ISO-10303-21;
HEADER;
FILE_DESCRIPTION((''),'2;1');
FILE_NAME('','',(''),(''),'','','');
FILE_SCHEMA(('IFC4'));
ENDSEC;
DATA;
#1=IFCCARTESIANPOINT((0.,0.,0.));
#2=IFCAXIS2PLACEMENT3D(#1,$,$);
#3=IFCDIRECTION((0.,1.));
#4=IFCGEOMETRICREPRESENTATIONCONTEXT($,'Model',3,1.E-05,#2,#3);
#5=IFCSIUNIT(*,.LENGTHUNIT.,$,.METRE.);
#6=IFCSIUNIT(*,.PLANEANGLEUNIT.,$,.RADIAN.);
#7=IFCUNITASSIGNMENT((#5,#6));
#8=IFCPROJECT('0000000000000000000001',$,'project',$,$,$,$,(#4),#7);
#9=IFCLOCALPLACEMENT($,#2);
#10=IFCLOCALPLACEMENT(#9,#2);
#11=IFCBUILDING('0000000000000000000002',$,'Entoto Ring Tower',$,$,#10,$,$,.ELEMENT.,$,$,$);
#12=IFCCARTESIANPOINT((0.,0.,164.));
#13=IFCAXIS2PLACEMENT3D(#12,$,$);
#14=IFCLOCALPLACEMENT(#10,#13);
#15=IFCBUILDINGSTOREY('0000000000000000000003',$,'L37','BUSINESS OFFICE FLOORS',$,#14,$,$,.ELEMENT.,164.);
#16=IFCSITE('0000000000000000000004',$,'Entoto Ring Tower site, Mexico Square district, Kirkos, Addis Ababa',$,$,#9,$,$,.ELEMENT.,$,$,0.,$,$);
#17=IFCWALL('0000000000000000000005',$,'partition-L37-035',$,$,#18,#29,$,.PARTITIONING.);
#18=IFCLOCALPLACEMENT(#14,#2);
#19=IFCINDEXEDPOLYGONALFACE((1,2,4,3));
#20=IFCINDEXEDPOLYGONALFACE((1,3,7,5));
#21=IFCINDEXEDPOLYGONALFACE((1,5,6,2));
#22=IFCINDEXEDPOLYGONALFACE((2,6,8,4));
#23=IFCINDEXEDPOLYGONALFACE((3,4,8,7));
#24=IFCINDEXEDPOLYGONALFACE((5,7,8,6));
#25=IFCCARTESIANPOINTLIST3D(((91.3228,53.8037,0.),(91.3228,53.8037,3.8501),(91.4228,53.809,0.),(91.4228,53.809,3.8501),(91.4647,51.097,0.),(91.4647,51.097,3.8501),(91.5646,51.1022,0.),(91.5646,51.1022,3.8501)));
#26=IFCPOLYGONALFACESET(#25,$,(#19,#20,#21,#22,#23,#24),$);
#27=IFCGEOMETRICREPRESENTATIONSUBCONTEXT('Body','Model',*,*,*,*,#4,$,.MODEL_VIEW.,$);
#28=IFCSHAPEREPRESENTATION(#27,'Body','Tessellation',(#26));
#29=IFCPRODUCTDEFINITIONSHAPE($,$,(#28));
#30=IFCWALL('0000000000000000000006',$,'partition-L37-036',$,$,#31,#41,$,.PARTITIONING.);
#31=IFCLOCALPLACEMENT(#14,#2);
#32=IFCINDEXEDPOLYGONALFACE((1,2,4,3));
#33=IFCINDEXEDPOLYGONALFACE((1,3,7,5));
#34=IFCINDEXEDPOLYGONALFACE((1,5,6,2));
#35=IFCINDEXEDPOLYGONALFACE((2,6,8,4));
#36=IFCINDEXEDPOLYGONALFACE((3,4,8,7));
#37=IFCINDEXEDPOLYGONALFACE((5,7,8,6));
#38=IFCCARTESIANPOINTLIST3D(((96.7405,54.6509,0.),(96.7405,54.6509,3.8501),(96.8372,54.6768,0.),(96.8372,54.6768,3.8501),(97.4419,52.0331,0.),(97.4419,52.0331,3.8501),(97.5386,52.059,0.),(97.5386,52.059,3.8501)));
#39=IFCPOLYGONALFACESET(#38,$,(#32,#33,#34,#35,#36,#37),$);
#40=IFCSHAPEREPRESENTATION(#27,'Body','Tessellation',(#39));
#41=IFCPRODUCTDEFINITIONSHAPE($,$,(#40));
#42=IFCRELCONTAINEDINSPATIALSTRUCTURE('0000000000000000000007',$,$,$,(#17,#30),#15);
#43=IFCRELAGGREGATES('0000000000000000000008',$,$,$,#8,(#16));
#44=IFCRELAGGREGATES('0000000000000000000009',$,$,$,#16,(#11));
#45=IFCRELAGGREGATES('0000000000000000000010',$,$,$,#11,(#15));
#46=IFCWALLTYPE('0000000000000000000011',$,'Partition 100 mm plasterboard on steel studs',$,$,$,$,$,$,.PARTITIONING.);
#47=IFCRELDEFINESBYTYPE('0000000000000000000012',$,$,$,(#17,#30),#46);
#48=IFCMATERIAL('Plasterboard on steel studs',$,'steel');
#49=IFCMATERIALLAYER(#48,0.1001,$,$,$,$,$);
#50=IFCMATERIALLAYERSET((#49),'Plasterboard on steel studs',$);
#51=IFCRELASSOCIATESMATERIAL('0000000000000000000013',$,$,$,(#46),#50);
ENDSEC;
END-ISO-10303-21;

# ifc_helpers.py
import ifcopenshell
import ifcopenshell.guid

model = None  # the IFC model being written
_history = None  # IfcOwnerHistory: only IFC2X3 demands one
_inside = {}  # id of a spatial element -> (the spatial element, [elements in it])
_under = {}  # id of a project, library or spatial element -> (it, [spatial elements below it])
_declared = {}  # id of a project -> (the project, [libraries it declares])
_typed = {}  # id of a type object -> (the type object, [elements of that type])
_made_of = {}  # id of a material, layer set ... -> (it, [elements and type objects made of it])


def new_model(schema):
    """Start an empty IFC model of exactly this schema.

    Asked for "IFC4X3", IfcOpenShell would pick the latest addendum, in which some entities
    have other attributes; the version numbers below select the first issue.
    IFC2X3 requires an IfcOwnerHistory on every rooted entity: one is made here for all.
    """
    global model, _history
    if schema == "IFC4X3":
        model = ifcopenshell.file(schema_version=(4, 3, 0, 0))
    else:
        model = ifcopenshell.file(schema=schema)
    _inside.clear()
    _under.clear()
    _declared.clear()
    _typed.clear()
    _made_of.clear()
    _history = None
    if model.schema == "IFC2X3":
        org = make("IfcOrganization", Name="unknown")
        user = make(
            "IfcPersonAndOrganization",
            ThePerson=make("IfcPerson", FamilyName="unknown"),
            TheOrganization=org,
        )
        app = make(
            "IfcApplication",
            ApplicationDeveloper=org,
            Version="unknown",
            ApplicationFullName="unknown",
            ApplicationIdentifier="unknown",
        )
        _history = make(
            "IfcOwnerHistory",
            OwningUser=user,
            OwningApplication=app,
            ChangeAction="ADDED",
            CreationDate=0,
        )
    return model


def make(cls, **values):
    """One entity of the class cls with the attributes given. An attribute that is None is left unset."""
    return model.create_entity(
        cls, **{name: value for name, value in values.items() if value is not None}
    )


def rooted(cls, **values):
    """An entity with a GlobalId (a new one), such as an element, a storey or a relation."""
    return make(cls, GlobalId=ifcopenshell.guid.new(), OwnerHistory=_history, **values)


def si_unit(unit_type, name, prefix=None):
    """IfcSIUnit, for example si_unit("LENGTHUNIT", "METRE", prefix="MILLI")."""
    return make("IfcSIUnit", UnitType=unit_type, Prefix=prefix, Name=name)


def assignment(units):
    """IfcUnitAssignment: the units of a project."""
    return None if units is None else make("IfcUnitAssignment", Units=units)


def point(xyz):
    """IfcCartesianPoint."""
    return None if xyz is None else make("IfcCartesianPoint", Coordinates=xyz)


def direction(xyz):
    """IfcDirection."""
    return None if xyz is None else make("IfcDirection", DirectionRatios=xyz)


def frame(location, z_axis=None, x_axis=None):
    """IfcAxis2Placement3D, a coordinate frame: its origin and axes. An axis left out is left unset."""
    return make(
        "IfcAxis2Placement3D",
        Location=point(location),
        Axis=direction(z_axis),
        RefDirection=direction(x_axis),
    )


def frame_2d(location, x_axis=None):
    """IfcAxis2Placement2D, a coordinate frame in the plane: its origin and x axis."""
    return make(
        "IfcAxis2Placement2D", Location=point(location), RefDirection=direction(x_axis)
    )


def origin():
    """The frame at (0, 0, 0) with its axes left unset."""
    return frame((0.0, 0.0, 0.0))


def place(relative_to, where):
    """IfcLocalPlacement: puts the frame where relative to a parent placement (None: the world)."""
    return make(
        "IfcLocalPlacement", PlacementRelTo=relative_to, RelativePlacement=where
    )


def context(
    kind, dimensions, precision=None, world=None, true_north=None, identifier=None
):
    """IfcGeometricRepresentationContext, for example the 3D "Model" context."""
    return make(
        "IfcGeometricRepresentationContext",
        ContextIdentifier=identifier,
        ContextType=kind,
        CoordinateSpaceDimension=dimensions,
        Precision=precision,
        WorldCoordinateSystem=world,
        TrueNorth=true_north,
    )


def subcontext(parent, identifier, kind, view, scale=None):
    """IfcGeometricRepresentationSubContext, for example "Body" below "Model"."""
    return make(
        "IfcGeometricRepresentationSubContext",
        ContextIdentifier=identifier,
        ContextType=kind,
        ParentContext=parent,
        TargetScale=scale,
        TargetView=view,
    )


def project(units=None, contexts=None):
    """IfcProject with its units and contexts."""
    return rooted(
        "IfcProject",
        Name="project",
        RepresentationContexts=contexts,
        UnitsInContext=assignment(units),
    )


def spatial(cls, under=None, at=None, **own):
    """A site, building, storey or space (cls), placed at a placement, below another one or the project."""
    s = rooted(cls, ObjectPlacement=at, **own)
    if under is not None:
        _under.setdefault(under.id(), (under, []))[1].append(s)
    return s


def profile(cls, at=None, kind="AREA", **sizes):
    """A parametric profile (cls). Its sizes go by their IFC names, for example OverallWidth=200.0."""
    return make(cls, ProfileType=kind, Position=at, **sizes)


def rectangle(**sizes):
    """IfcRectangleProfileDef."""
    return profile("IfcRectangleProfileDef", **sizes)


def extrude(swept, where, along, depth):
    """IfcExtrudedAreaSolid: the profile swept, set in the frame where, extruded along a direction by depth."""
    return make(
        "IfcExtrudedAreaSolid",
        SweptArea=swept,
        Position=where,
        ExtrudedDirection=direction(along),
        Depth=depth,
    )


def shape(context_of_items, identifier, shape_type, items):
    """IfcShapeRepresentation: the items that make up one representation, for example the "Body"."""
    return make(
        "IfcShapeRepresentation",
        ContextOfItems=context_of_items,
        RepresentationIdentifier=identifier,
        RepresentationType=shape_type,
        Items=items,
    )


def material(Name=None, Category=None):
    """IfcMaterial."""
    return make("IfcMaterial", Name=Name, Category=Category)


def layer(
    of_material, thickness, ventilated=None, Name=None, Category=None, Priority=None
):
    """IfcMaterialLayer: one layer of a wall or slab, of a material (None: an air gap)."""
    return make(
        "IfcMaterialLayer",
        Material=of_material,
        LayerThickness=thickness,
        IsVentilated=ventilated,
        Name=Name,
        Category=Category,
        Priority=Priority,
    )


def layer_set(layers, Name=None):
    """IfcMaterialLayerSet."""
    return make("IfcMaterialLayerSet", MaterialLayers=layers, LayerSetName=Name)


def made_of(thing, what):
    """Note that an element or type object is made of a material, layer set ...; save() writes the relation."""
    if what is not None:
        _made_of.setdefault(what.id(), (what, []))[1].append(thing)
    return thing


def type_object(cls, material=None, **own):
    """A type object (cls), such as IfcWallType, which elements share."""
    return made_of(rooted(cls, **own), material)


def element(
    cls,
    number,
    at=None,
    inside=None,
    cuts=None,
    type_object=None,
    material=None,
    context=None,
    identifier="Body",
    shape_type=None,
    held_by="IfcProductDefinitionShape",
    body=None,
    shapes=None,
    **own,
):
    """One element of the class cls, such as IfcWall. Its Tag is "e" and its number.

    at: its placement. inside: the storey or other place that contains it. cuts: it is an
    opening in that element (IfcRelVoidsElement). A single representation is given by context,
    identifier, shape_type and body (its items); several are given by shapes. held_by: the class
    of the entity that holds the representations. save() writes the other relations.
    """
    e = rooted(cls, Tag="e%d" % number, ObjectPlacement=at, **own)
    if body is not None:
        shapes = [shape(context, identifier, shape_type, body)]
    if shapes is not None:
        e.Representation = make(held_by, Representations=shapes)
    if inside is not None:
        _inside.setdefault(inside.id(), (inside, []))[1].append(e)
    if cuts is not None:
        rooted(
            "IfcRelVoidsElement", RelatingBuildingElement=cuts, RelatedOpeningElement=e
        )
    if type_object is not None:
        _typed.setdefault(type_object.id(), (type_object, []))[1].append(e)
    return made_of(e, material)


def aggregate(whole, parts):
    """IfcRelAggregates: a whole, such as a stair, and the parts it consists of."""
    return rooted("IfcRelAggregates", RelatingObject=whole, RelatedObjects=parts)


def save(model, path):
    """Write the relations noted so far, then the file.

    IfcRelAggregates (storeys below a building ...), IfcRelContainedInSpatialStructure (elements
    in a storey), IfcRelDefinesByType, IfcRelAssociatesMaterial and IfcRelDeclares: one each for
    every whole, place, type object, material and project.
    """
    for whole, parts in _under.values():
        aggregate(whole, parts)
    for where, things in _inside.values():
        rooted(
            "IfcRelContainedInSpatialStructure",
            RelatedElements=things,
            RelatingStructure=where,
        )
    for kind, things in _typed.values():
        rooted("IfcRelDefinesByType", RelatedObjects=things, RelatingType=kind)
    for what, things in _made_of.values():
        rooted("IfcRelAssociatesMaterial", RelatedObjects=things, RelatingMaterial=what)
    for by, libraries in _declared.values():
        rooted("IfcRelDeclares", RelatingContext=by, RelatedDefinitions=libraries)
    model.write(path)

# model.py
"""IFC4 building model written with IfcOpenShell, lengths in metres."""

from ifc_helpers import new_model, si_unit, direction, frame, frame_2d, origin, place, context, subcontext, project, spatial, rectangle, extrude, material, layer, layer_set, type_object, element, save


model = new_model("IFC4")

# Units and contexts
model_context = context("Model", 3, precision=1e-05, world=origin(), true_north=direction((0.0, 1.0)))
body_context = subcontext(model_context, "Body", "Model", "MODEL_VIEW")
ifc_project = project(units=[si_unit("LENGTHUNIT", "METRE"), si_unit("PLANEANGLEUNIT", "RADIAN")], contexts=[model_context])

# Site, building, storey
site_placement = place(None, origin())
site = spatial("IfcSite", under=ifc_project, at=site_placement, Name="Entoto Ring Tower site, Mexico Square district, Kirkos, Addis Ababa", CompositionType="ELEMENT", RefElevation=0.0)
building_placement = place(site_placement, origin())
building = spatial("IfcBuilding", under=site, at=building_placement, Name="Entoto Ring Tower", CompositionType="ELEMENT")
storey_placement = place(building_placement, frame((0.0, 0.0, 164.0)))
storey = spatial("IfcBuildingStorey", under=building, at=storey_placement, Name="L37", Description="BUSINESS OFFICE FLOORS", CompositionType="ELEMENT", Elevation=164.0)

# Shared definitions
ifc_material_1 = material(Name="Plasterboard on steel studs", Category="steel")
ifc_layer_1 = layer(ifc_material_1, 0.1001)
ifc_layer_set_1 = layer_set([ifc_layer_1], Name="Plasterboard on steel studs")
wall_type_1 = type_object("IfcWallType", Name="Partition 100 mm plasterboard on steel studs", PredefinedType="PARTITIONING", material=ifc_layer_set_1)

# Walls
wall_1_placement = place(storey_placement, frame((91.5146, 51.0996, 0.0), z_axis=(0.0, 0.0, 1.0), x_axis=(-0.052332, 0.99863, 0.0)))
element("IfcWall", 1, at=wall_1_placement, inside=storey, type_object=wall_type_1, Name="partition-L37-035", PredefinedType="PARTITIONING", context=body_context, shape_type="SweptSolid", body=[
    extrude(rectangle(XDim=2.7104, YDim=0.1001, at=frame_2d((1.3552, 0.0))), origin(), (0.0, 0.0, 1.0), 3.8501),
])
wall_2_placement = place(storey_placement, frame((97.4902, 52.0461, 0.0), z_axis=(0.0, 0.0, 1.0), x_axis=(-0.258801, 0.965931, 0.0)))
element("IfcWall", 2, at=wall_2_placement, inside=storey, type_object=wall_type_1, Name="partition-L37-036", PredefinedType="PARTITIONING", context=body_context, shape_type="SweptSolid", body=[
    extrude(rectangle(XDim=2.7102, YDim=0.1001, at=frame_2d((1.355, 0.0))), origin(), (0.0, 0.0, 1.0), 3.8501),
])

save(model, "model.ifc")
